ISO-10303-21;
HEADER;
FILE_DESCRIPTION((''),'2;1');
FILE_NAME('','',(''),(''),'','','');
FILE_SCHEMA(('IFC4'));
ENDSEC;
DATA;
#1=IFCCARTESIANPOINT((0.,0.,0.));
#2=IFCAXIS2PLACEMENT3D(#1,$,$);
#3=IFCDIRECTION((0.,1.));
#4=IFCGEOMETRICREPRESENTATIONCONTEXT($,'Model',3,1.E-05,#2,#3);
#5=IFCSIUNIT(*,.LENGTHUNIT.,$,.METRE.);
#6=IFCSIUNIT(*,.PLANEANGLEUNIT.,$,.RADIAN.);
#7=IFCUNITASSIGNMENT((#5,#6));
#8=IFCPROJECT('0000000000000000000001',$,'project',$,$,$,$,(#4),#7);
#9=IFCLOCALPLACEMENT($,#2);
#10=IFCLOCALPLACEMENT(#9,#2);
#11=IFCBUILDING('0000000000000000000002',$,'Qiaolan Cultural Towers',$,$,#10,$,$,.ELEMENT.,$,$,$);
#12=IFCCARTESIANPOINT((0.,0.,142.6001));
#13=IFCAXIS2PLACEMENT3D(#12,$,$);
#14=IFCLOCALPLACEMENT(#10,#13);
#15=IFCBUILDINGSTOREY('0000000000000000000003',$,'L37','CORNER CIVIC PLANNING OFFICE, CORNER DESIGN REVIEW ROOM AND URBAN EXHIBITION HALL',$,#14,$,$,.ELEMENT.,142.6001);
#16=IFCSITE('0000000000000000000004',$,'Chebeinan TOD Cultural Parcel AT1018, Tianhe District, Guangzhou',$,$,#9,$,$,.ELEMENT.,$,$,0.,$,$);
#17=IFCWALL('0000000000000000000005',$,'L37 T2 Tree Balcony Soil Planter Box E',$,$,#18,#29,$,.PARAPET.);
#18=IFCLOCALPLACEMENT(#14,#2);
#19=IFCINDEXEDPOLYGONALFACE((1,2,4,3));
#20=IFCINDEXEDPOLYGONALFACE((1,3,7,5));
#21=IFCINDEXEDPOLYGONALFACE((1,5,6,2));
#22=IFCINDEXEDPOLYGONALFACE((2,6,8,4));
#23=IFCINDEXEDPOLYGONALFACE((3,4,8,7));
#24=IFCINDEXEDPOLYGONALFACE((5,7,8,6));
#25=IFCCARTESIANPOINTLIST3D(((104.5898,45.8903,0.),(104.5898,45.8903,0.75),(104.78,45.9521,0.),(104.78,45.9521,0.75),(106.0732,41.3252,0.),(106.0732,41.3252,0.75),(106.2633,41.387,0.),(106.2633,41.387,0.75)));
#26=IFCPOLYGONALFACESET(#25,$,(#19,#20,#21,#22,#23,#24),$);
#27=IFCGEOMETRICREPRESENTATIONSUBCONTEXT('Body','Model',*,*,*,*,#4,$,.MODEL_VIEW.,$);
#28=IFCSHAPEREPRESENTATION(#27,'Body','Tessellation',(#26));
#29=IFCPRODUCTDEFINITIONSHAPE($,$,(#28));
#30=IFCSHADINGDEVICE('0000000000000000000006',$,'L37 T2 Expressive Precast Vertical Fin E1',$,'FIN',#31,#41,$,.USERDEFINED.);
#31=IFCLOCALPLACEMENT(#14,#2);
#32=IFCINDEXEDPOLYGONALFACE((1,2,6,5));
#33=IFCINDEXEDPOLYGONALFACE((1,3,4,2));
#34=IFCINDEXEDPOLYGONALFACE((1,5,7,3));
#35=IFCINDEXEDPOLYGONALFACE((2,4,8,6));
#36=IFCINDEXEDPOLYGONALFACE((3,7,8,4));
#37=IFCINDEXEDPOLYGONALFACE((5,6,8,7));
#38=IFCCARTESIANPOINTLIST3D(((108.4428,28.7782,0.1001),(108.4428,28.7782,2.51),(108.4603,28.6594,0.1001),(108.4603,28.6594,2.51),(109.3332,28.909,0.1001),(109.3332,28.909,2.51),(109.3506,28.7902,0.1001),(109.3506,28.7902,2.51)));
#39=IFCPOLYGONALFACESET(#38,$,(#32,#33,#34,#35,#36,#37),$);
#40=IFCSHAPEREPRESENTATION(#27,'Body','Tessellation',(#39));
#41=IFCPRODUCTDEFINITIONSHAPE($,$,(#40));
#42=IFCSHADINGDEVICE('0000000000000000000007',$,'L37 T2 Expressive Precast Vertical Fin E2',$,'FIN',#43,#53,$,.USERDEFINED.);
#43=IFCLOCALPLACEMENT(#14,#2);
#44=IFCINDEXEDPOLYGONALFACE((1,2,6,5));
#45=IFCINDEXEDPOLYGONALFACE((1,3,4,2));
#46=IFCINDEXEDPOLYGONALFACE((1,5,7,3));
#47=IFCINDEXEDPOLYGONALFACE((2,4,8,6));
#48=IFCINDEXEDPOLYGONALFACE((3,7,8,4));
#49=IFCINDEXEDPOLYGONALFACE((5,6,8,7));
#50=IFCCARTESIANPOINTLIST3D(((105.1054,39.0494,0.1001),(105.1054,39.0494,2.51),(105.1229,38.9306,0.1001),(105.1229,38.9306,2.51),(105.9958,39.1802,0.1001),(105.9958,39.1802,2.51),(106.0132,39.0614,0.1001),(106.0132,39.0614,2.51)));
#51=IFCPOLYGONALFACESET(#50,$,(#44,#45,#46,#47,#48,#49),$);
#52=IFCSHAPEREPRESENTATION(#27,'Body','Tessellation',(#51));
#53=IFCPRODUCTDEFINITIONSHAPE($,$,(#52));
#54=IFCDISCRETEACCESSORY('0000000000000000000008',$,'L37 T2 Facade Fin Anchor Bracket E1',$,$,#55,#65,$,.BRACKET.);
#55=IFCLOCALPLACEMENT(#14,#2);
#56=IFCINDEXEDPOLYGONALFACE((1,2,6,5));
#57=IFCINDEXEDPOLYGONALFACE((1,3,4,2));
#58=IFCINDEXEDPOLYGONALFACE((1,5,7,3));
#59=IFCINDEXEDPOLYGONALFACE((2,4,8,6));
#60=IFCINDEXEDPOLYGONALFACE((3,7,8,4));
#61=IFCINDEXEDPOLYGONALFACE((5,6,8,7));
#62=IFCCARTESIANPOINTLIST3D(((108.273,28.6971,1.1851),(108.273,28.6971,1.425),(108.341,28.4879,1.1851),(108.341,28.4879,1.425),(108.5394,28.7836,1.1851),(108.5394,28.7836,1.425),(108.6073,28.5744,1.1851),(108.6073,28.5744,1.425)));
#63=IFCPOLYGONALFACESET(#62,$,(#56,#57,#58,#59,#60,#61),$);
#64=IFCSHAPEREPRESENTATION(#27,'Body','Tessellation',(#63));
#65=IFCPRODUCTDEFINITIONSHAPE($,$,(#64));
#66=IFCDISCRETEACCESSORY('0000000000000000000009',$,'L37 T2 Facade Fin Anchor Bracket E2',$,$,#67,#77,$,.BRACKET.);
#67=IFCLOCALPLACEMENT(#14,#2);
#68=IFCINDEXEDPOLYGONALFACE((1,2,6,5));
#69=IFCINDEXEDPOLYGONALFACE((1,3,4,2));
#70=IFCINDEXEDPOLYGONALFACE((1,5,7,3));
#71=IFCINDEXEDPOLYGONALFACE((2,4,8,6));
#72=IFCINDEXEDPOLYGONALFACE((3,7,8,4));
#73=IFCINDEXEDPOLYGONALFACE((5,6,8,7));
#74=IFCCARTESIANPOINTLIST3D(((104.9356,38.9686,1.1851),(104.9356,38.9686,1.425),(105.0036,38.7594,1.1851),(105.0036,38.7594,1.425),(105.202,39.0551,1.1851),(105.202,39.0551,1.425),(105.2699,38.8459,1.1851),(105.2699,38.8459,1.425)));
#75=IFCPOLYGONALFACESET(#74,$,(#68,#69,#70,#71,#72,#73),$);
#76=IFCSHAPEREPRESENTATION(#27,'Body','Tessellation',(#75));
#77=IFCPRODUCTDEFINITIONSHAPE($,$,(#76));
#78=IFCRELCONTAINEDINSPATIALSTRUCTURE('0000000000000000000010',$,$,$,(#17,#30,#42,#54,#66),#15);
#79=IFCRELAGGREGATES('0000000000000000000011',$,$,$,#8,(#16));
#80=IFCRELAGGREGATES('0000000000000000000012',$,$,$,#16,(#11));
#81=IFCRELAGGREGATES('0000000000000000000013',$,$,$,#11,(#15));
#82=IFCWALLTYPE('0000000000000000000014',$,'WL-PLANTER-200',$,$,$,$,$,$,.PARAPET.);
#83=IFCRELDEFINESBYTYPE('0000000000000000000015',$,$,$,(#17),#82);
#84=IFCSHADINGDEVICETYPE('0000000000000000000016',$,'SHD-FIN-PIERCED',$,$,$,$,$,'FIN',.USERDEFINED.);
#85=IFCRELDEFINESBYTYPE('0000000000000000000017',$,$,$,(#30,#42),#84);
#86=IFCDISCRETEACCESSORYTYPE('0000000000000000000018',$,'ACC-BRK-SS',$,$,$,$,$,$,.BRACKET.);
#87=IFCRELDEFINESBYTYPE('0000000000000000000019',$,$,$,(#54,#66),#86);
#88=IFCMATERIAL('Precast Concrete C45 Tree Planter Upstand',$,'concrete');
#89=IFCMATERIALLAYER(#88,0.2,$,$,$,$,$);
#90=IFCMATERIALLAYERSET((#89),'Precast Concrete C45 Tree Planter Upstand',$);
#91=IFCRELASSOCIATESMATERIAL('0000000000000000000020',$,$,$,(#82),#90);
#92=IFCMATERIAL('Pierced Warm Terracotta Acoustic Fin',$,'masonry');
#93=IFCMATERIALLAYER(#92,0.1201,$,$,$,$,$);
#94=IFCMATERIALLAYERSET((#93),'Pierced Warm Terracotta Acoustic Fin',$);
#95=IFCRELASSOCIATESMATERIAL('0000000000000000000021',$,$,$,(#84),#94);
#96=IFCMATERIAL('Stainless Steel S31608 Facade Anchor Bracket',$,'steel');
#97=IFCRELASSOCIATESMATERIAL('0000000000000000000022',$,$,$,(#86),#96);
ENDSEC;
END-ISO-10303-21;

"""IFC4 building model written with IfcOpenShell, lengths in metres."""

from ifc_helpers import new_model, si_unit, direction, frame, frame_2d, origin, origin_2d, place, context, subcontext, project, spatial, rectangle, extrude, material, layer, layer_set, type_object, element, save


model = new_model("IFC4")

# Units and contexts
model_context = context("Model", 3, precision=1e-05, world=origin(), true_north=direction((0.0, 1.0)))
body_context = subcontext(model_context, "Body", "Model", "MODEL_VIEW")
ifc_project = project(units=[si_unit("LENGTHUNIT", "METRE"), si_unit("PLANEANGLEUNIT", "RADIAN")], contexts=[model_context])

# Site, building, storey
site_placement = place(None, origin())
site = spatial("IfcSite", under=ifc_project, at=site_placement, Name="Chebeinan TOD Cultural Parcel AT1018, Tianhe District, Guangzhou", CompositionType="ELEMENT", RefElevation=0.0)
building_placement = place(site_placement, origin())
building = spatial("IfcBuilding", under=site, at=building_placement, Name="Qiaolan Cultural Towers", CompositionType="ELEMENT")
storey_placement = place(building_placement, frame((0.0, 0.0, 142.6001)))
storey = spatial("IfcBuildingStorey", under=building, at=storey_placement, Name="L37", Description="CORNER CIVIC PLANNING OFFICE, CORNER DESIGN REVIEW ROOM AND URBAN EXHIBITION HALL", CompositionType="ELEMENT", Elevation=142.6001)

# Wall
ifc_material_1 = material(Name="Precast Concrete C45 Tree Planter Upstand", Category="concrete")
ifc_layer_1 = layer(ifc_material_1, 0.2)
ifc_layer_set_1 = layer_set([ifc_layer_1], Name="Precast Concrete C45 Tree Planter Upstand")
wall_type_1 = type_object("IfcWallType", Name="WL-PLANTER-200", PredefinedType="PARAPET", material=ifc_layer_set_1)
wall_1_placement = place(storey_placement, frame((106.1682, 41.3562, 0.0), z_axis=(0.0, 0.0, 1.0), x_axis=(-0.309032, 0.951052, 0.0)))
element("IfcWall", 1, at=wall_1_placement, inside=storey, type_object=wall_type_1, Name="L37 T2 Tree Balcony Soil Planter Box E", PredefinedType="PARAPET", context=body_context, shape_type="SweptSolid", body=[
    extrude(rectangle(XDim=4.8, YDim=0.2, at=frame_2d((2.3999, 0.0))), origin(), (0.0, 0.0, 1.0), 0.75),
])

# Shading devices
ifc_material_2 = material(Name="Pierced Warm Terracotta Acoustic Fin", Category="masonry")
ifc_layer_2 = layer(ifc_material_2, 0.1201)
ifc_layer_set_2 = layer_set([ifc_layer_2], Name="Pierced Warm Terracotta Acoustic Fin")
shading_device_type = type_object("IfcShadingDeviceType", Name="SHD-FIN-PIERCED", ElementType="FIN", PredefinedType="USERDEFINED", material=ifc_layer_set_2)
for number, where, z_axis, x_axis, name in (
    (2, (108.8967, 28.7842, 0.1001), (0.0, 0.0, 1.0), (0.989379, 0.145361, 0.0), "L37 T2 Expressive Precast Vertical Fin E1"),
    (3, (105.5593, 39.0554, 0.1001), (0.0, 0.0, 1.0), (0.989379, 0.145361, 0.0), "L37 T2 Expressive Precast Vertical Fin E2"),
):
    element("IfcShadingDevice", number, at=place(storey_placement, frame(where, z_axis=z_axis, x_axis=x_axis)), inside=storey, type_object=shading_device_type, Name=name, ObjectType="FIN", PredefinedType="USERDEFINED", context=body_context, shape_type="SweptSolid", body=[
        extrude(rectangle(XDim=0.8999, YDim=0.1201, at=origin_2d()), origin(), (0.0, 0.0, 1.0), 2.4099),
    ])

# Discrete accessories
ifc_material_3 = material(Name="Stainless Steel S31608 Facade Anchor Bracket", Category="steel")
discrete_accessory_type = type_object("IfcDiscreteAccessoryType", Name="ACC-BRK-SS", PredefinedType="BRACKET", material=ifc_material_3)
for number, where, z_axis, x_axis, name in (
    (4, (108.4402, 28.6357, 1.1851), (0.0, 0.0, 1.0), (0.951057, 0.309017, 0.0), "L37 T2 Facade Fin Anchor Bracket E1"),
    (5, (105.1028, 38.9072, 1.1851), (0.0, 0.0, 1.0), (0.951057, 0.309017, 0.0), "L37 T2 Facade Fin Anchor Bracket E2"),
):
    element("IfcDiscreteAccessory", number, at=place(storey_placement, frame(where, z_axis=z_axis, x_axis=x_axis)), inside=storey, type_object=discrete_accessory_type, Name=name, PredefinedType="BRACKET", context=body_context, shape_type="SweptSolid", body=[
        extrude(rectangle(XDim=0.28, YDim=0.22, at=origin_2d()), origin(), (0.0, 0.0, 1.0), 0.24),
    ])

save(model, "model.ifc")
